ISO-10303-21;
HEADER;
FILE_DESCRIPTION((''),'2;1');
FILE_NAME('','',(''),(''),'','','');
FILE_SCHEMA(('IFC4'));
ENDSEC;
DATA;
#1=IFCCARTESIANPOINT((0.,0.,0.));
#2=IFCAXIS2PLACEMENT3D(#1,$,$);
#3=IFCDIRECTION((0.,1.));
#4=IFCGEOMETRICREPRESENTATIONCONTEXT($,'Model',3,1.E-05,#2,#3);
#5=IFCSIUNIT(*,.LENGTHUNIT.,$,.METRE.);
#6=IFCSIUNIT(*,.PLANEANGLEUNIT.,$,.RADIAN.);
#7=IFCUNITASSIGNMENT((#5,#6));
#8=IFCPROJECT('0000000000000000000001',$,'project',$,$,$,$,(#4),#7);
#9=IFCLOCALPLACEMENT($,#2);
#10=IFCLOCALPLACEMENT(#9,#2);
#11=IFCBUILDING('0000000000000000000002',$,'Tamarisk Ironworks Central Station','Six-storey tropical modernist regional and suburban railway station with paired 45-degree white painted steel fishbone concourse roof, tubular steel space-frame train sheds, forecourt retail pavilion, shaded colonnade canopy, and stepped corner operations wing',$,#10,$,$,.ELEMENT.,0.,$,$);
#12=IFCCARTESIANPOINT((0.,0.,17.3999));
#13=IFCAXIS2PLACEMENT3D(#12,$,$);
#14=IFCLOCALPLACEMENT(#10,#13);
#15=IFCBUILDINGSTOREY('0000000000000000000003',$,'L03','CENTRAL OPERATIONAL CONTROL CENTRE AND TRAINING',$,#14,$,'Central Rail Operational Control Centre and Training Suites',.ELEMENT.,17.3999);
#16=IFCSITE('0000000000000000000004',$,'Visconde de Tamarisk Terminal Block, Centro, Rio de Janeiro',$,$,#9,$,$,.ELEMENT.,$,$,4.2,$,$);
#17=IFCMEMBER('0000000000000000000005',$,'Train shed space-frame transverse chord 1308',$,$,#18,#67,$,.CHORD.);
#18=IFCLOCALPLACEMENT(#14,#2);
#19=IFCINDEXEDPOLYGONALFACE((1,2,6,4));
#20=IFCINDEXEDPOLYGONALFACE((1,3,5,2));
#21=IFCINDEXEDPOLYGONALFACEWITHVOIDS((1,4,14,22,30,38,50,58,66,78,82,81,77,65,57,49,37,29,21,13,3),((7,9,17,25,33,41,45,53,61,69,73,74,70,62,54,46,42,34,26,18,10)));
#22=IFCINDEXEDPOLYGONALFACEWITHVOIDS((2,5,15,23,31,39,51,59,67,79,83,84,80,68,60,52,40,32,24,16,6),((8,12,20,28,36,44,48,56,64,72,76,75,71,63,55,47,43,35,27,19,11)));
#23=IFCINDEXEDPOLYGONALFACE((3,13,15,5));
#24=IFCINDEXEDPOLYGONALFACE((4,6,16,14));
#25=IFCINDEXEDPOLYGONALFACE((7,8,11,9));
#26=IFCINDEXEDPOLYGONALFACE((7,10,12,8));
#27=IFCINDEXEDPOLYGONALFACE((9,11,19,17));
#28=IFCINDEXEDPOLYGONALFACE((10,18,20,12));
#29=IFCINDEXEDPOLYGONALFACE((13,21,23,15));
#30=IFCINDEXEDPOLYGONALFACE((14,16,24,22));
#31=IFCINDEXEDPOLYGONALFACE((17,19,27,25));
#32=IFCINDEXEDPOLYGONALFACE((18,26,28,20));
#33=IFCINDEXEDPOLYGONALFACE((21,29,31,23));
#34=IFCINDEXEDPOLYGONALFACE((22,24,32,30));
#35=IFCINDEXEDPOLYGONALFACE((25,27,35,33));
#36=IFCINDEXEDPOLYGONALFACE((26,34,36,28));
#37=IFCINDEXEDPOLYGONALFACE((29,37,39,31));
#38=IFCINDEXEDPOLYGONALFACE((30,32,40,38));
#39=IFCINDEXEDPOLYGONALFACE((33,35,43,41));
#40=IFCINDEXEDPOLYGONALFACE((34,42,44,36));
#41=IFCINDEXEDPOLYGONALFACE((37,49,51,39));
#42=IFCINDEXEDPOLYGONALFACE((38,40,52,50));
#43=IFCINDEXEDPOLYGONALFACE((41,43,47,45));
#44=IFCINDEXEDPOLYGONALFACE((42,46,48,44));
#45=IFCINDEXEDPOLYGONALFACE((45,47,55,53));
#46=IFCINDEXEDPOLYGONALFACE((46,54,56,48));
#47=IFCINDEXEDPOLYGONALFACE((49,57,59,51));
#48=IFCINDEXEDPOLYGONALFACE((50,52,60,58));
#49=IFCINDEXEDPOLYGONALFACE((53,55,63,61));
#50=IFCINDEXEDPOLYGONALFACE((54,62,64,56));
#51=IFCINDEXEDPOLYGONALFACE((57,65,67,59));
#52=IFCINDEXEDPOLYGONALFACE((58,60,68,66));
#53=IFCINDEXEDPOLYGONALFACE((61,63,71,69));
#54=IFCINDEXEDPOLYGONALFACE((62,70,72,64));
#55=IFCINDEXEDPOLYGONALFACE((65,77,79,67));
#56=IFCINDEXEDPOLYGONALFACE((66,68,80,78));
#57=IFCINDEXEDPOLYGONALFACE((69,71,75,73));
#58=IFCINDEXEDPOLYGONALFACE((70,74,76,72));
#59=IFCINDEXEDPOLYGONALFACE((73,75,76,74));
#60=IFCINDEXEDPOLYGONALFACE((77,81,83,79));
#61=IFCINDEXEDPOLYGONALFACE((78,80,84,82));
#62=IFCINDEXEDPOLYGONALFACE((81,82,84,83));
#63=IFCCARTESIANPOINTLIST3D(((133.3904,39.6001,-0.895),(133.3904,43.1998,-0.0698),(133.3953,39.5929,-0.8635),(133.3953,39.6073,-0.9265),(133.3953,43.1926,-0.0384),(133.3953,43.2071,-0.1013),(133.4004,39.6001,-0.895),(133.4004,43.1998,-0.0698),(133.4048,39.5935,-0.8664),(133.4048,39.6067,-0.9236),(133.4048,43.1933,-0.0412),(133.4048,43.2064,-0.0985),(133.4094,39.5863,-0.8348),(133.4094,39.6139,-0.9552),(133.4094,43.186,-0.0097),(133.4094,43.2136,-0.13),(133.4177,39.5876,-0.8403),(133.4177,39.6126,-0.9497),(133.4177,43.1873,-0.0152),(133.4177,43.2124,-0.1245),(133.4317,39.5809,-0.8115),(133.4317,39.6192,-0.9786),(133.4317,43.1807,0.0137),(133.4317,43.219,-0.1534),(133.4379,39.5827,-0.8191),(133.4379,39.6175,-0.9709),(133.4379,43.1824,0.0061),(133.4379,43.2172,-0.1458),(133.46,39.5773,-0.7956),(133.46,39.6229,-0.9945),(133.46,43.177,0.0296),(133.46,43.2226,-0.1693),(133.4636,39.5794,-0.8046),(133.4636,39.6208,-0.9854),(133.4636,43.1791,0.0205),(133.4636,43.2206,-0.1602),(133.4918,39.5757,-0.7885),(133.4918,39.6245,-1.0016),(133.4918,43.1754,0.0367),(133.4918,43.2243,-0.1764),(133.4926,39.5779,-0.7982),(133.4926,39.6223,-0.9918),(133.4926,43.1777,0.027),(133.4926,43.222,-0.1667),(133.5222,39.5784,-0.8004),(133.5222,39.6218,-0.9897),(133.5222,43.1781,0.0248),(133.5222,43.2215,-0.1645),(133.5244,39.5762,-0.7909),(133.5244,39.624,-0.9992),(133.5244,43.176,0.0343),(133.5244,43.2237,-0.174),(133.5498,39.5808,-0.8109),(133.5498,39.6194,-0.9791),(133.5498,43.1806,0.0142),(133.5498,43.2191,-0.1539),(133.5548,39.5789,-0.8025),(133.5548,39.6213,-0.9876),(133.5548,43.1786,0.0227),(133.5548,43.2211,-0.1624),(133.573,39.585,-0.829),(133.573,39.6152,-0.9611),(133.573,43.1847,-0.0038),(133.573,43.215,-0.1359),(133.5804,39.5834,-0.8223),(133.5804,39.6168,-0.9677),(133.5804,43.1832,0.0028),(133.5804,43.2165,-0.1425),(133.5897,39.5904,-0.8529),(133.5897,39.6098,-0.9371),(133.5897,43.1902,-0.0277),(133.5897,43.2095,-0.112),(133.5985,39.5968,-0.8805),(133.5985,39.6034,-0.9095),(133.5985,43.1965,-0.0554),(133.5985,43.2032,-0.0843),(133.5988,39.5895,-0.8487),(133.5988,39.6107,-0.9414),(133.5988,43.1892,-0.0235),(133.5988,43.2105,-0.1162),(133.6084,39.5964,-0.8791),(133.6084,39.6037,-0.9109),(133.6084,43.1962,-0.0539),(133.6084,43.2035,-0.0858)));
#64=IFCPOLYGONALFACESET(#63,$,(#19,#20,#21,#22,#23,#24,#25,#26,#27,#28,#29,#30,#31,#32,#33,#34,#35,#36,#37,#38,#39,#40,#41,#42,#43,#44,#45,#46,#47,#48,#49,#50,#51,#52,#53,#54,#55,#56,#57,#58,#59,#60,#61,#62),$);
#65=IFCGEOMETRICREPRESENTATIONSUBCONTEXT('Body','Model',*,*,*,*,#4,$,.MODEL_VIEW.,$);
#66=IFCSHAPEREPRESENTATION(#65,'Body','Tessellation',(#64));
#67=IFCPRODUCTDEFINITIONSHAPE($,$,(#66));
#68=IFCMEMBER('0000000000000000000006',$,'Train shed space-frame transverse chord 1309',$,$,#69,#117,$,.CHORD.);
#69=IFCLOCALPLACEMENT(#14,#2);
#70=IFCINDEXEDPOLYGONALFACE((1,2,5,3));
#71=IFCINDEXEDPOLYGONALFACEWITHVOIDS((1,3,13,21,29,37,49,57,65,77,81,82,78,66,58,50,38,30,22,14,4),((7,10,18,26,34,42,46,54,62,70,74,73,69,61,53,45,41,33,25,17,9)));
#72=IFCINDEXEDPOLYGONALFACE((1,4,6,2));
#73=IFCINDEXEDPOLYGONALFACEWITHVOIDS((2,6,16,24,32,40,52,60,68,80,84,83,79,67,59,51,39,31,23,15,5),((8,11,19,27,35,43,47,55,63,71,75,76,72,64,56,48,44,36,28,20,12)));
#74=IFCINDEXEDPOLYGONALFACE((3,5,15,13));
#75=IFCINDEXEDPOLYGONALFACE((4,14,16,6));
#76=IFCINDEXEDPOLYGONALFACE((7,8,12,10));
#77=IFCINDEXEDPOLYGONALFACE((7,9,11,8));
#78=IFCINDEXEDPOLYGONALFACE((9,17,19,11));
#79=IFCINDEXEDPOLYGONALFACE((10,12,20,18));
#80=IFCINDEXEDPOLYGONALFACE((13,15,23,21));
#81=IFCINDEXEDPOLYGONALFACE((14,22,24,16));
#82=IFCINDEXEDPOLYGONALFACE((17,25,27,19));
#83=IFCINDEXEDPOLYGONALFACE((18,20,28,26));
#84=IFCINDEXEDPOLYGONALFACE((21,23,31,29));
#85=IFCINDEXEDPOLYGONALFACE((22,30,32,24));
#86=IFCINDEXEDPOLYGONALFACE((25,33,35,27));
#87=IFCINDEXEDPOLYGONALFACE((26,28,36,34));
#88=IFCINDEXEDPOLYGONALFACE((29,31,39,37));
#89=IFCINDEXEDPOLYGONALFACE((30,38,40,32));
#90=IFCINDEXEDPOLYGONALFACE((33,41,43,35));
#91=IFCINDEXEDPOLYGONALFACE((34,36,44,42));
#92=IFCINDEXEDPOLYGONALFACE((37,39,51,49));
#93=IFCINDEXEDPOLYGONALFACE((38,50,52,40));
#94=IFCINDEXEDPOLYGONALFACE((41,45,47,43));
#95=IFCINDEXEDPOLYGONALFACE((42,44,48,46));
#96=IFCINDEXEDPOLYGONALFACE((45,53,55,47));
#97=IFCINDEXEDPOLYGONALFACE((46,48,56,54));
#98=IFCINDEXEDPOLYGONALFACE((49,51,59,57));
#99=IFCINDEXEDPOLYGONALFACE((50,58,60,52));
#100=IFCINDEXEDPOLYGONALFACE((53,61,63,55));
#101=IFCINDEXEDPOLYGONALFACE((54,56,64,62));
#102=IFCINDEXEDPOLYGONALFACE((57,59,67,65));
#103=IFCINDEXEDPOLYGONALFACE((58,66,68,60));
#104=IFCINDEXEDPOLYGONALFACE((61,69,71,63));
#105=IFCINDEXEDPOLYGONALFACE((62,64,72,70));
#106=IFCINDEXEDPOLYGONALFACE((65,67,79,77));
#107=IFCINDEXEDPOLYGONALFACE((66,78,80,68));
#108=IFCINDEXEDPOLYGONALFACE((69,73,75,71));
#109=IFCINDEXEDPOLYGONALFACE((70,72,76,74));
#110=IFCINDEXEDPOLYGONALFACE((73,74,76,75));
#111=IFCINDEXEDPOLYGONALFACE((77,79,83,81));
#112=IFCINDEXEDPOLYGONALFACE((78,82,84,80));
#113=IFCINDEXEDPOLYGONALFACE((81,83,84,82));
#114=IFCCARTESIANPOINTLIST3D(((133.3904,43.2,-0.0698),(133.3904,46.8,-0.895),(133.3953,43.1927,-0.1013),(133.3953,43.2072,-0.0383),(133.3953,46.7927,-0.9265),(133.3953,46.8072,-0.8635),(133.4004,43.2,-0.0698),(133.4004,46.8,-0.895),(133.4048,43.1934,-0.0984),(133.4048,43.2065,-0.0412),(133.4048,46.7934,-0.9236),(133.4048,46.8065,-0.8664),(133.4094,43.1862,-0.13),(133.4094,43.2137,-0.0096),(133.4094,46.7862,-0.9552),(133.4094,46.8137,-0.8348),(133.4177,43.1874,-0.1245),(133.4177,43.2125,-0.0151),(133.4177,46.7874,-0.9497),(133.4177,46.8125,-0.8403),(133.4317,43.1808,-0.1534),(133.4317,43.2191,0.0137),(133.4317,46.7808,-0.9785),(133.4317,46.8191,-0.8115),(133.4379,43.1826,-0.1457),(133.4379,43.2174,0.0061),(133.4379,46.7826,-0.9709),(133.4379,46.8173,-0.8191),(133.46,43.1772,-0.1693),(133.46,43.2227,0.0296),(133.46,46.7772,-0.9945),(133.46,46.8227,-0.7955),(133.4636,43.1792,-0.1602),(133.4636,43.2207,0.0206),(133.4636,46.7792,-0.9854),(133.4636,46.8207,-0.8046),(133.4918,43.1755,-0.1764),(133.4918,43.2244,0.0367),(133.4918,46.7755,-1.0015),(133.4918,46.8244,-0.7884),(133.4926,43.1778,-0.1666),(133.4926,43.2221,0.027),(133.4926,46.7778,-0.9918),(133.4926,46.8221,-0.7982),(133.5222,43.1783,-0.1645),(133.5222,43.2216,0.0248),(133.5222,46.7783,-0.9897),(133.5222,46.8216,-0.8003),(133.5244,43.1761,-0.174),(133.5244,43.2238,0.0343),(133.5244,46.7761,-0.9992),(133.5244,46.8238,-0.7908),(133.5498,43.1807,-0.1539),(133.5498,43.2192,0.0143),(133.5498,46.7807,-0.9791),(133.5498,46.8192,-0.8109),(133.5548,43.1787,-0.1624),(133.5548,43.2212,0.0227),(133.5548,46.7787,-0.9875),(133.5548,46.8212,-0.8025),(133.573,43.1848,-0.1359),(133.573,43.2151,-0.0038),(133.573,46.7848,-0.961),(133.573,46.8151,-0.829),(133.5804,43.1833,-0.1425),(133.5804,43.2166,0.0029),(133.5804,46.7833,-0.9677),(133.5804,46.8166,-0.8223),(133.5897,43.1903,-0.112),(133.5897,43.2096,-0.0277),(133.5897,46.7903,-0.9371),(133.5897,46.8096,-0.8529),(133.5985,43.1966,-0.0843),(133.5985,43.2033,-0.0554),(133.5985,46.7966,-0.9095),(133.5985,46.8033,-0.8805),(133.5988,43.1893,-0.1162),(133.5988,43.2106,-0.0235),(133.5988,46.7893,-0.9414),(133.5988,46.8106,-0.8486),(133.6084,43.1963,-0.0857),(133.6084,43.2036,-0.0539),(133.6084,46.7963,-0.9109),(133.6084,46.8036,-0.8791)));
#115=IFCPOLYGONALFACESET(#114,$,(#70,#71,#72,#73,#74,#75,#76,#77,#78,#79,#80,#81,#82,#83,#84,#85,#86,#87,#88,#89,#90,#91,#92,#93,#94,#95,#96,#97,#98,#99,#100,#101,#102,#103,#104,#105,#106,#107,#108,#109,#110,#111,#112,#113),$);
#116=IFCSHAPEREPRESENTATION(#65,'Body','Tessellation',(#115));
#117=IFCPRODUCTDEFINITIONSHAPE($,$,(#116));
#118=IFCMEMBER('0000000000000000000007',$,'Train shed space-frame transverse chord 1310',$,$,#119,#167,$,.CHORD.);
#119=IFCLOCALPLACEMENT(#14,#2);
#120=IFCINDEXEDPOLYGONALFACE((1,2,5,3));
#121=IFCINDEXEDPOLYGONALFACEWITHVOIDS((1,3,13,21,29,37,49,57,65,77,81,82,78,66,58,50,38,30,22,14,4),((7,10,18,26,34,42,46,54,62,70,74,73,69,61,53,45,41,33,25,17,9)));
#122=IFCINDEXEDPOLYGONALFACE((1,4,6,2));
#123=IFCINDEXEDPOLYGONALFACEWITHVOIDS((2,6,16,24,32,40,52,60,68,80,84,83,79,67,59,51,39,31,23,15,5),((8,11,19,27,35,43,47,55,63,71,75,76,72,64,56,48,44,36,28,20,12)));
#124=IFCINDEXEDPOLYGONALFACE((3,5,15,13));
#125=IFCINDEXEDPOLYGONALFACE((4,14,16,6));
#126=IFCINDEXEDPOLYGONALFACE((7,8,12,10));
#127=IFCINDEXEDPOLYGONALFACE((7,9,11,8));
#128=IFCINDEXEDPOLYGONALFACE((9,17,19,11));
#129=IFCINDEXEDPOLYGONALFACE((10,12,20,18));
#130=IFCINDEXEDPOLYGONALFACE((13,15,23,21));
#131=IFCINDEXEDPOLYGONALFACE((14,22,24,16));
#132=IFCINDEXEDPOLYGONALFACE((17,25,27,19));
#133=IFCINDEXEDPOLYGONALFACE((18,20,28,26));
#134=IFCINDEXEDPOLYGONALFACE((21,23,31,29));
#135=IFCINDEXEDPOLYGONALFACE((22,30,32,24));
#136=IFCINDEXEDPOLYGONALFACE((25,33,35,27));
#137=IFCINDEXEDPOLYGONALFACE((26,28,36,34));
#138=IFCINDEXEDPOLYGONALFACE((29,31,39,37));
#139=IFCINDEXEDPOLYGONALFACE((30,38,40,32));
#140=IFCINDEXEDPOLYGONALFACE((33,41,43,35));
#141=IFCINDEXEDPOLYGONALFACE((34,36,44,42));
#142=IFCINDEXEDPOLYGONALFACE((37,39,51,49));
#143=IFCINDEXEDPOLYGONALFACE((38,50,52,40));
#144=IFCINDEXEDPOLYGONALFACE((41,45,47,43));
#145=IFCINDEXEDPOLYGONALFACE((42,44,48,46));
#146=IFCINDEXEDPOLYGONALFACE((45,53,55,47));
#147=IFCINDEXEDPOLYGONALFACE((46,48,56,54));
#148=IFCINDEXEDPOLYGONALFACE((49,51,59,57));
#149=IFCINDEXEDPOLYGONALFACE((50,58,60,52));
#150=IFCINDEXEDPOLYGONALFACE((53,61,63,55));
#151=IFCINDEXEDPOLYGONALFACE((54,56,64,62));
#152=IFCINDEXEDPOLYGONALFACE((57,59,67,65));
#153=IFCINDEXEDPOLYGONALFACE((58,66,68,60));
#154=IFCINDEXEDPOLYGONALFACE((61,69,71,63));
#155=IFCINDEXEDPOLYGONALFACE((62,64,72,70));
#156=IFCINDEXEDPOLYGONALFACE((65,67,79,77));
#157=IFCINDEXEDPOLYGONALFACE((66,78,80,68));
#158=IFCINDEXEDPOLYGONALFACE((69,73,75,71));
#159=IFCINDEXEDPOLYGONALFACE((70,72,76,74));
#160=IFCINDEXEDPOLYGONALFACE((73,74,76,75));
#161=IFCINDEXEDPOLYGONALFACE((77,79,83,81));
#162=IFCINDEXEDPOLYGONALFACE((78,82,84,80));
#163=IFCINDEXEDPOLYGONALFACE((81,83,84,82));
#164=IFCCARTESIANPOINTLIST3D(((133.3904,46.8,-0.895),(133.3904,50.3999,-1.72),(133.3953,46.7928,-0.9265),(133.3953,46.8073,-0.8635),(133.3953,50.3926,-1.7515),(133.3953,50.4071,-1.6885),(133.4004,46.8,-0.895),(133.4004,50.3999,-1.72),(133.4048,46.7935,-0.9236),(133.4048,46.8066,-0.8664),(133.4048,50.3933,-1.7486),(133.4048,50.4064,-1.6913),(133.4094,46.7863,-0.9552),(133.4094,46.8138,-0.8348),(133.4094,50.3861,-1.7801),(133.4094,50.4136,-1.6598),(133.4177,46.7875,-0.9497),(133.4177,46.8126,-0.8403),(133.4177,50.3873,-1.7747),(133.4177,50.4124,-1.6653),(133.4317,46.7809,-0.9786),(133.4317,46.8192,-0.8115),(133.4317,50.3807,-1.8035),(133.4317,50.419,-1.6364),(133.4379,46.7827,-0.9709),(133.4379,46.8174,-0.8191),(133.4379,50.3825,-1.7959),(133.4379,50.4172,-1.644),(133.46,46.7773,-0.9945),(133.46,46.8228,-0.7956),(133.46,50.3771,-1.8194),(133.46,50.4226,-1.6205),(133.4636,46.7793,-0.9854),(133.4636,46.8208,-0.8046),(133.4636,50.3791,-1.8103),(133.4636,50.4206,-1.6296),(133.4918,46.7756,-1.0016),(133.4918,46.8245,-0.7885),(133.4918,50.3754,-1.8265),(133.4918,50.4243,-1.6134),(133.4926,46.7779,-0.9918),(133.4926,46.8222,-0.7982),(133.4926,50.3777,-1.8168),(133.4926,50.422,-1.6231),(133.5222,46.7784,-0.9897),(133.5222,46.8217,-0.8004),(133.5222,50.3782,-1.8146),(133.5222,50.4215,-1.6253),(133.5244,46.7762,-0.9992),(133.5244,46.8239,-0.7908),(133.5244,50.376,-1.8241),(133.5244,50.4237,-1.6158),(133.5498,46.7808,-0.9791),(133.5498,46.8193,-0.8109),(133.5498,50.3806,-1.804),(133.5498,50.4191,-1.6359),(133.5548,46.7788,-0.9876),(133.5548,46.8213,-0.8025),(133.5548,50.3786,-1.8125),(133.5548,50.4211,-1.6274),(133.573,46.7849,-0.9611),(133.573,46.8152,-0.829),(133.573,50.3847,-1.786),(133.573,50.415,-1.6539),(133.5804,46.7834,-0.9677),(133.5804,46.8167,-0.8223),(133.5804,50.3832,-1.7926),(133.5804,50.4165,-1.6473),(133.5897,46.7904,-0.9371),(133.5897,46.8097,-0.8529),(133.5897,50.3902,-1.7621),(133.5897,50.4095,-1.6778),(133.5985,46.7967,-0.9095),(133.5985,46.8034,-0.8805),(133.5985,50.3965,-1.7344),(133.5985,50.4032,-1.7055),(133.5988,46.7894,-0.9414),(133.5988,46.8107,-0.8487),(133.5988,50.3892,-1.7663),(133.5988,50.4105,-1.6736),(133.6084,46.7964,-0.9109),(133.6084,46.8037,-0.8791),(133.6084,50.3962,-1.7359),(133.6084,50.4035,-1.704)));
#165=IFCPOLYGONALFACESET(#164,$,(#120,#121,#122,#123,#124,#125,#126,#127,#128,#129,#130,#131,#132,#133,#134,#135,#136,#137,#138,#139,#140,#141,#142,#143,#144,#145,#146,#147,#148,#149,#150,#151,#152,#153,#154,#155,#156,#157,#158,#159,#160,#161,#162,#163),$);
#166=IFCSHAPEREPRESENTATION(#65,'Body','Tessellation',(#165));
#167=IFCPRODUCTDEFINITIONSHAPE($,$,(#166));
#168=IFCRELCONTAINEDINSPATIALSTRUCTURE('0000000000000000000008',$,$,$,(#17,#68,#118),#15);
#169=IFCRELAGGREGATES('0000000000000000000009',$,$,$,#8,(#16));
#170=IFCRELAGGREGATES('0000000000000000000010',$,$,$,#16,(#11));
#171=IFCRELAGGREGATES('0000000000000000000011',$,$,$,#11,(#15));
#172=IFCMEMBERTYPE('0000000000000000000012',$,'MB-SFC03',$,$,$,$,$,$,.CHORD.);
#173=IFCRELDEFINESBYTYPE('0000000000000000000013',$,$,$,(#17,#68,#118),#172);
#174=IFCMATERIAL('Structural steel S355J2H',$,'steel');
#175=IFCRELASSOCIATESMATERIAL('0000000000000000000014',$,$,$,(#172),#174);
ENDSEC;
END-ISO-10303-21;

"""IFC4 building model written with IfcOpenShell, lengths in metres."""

from ifc_helpers import new_model, si_unit, direction, frame, origin, origin_2d, place, context, subcontext, project, spatial, hollow_circle, extrude, material, material_profile, profile_set, type_object, element, save


model = new_model("IFC4")

# Units and contexts
model_context = context("Model", 3, precision=1e-05, world=origin(), true_north=direction((0.0, 1.0)))
body_context = subcontext(model_context, "Body", "Model", "MODEL_VIEW")
ifc_project = project(units=[si_unit("LENGTHUNIT", "METRE"), si_unit("PLANEANGLEUNIT", "RADIAN")], contexts=[model_context])

# Site, building, storey
site_placement = place(None, origin())
site = spatial("IfcSite", under=ifc_project, at=site_placement, Name="Visconde de Tamarisk Terminal Block, Centro, Rio de Janeiro", CompositionType="ELEMENT", RefElevation=4.2)
building_placement = place(site_placement, origin())
building = spatial("IfcBuilding", under=site, at=building_placement, Name="Tamarisk Ironworks Central Station", Description="Six-storey tropical modernist regional and suburban railway station with paired 45-degree white painted steel fishbone concourse roof, tubular steel space-frame train sheds, forecourt retail pavilion, shaded colonnade canopy, and stepped corner operations wing", CompositionType="ELEMENT", ElevationOfRefHeight=0.0)
storey_placement = place(building_placement, frame((0.0, 0.0, 17.3999)))
storey = spatial("IfcBuildingStorey", under=building, at=storey_placement, Name="L03", Description="CENTRAL OPERATIONAL CONTROL CENTRE AND TRAINING", LongName="Central Rail Operational Control Centre and Training Suites", CompositionType="ELEMENT", Elevation=17.3999)

# Members
ifc_material = material(Name="Structural steel S355J2H", Category="steel")
ifc_material_profile_1 = material_profile(ifc_material, hollow_circle(Radius=0.1096, WallThickness=0.01, at=origin_2d()), Name="CHS 219.1x10")
ifc_profile_set_1 = profile_set([ifc_material_profile_1], Name="Structural steel S355J2H")
member_type_1 = type_object("IfcMemberType", Name="MB-SFC03", PredefinedType="CHORD", material=ifc_profile_set_1)
member_1_placement = place(storey_placement, frame((133.5, 39.6001, -0.895), z_axis=(0.0, 0.974719, 0.223435), x_axis=(-1.0, 0.0, 0.0)))
element("IfcMember", 1, at=member_1_placement, inside=storey, type_object=member_type_1, Name="Train shed space-frame transverse chord 1308", PredefinedType="CHORD", context=body_context, shape_type="SweptSolid", body=[
    extrude(hollow_circle(Radius=0.1096, WallThickness=0.01, at=origin_2d()), origin(), (0.0, 0.0, 1.0), 3.6931),
])
member_2_placement = place(storey_placement, frame((133.5, 43.2, -0.0698), z_axis=(0.0, 0.974722, -0.223421), x_axis=(-1.0, 0.0, 0.0)))
element("IfcMember", 2, at=member_2_placement, inside=storey, type_object=member_type_1, Name="Train shed space-frame transverse chord 1309", PredefinedType="CHORD", context=body_context, shape_type="SweptSolid", body=[
    extrude(hollow_circle(Radius=0.1096, WallThickness=0.01, at=origin_2d()), origin(), (0.0, 0.0, 1.0), 3.6934),
])
for number, where, z_axis, x_axis, name in (
    (3, (133.5, 46.8, -0.895), (0.0, 0.974733, -0.223372), (-1.0, 0.0, 0.0), "Train shed space-frame transverse chord 1310"),
):
    element("IfcMember", number, at=place(storey_placement, frame(where, z_axis=z_axis, x_axis=x_axis)), inside=storey, type_object=member_type_1, Name=name, PredefinedType="CHORD", context=body_context, shape_type="SweptSolid", body=[
        extrude(hollow_circle(Radius=0.1096, WallThickness=0.01, at=origin_2d()), origin(), (0.0, 0.0, 1.0), 3.6931),
    ])

save(model, "model.ifc")
